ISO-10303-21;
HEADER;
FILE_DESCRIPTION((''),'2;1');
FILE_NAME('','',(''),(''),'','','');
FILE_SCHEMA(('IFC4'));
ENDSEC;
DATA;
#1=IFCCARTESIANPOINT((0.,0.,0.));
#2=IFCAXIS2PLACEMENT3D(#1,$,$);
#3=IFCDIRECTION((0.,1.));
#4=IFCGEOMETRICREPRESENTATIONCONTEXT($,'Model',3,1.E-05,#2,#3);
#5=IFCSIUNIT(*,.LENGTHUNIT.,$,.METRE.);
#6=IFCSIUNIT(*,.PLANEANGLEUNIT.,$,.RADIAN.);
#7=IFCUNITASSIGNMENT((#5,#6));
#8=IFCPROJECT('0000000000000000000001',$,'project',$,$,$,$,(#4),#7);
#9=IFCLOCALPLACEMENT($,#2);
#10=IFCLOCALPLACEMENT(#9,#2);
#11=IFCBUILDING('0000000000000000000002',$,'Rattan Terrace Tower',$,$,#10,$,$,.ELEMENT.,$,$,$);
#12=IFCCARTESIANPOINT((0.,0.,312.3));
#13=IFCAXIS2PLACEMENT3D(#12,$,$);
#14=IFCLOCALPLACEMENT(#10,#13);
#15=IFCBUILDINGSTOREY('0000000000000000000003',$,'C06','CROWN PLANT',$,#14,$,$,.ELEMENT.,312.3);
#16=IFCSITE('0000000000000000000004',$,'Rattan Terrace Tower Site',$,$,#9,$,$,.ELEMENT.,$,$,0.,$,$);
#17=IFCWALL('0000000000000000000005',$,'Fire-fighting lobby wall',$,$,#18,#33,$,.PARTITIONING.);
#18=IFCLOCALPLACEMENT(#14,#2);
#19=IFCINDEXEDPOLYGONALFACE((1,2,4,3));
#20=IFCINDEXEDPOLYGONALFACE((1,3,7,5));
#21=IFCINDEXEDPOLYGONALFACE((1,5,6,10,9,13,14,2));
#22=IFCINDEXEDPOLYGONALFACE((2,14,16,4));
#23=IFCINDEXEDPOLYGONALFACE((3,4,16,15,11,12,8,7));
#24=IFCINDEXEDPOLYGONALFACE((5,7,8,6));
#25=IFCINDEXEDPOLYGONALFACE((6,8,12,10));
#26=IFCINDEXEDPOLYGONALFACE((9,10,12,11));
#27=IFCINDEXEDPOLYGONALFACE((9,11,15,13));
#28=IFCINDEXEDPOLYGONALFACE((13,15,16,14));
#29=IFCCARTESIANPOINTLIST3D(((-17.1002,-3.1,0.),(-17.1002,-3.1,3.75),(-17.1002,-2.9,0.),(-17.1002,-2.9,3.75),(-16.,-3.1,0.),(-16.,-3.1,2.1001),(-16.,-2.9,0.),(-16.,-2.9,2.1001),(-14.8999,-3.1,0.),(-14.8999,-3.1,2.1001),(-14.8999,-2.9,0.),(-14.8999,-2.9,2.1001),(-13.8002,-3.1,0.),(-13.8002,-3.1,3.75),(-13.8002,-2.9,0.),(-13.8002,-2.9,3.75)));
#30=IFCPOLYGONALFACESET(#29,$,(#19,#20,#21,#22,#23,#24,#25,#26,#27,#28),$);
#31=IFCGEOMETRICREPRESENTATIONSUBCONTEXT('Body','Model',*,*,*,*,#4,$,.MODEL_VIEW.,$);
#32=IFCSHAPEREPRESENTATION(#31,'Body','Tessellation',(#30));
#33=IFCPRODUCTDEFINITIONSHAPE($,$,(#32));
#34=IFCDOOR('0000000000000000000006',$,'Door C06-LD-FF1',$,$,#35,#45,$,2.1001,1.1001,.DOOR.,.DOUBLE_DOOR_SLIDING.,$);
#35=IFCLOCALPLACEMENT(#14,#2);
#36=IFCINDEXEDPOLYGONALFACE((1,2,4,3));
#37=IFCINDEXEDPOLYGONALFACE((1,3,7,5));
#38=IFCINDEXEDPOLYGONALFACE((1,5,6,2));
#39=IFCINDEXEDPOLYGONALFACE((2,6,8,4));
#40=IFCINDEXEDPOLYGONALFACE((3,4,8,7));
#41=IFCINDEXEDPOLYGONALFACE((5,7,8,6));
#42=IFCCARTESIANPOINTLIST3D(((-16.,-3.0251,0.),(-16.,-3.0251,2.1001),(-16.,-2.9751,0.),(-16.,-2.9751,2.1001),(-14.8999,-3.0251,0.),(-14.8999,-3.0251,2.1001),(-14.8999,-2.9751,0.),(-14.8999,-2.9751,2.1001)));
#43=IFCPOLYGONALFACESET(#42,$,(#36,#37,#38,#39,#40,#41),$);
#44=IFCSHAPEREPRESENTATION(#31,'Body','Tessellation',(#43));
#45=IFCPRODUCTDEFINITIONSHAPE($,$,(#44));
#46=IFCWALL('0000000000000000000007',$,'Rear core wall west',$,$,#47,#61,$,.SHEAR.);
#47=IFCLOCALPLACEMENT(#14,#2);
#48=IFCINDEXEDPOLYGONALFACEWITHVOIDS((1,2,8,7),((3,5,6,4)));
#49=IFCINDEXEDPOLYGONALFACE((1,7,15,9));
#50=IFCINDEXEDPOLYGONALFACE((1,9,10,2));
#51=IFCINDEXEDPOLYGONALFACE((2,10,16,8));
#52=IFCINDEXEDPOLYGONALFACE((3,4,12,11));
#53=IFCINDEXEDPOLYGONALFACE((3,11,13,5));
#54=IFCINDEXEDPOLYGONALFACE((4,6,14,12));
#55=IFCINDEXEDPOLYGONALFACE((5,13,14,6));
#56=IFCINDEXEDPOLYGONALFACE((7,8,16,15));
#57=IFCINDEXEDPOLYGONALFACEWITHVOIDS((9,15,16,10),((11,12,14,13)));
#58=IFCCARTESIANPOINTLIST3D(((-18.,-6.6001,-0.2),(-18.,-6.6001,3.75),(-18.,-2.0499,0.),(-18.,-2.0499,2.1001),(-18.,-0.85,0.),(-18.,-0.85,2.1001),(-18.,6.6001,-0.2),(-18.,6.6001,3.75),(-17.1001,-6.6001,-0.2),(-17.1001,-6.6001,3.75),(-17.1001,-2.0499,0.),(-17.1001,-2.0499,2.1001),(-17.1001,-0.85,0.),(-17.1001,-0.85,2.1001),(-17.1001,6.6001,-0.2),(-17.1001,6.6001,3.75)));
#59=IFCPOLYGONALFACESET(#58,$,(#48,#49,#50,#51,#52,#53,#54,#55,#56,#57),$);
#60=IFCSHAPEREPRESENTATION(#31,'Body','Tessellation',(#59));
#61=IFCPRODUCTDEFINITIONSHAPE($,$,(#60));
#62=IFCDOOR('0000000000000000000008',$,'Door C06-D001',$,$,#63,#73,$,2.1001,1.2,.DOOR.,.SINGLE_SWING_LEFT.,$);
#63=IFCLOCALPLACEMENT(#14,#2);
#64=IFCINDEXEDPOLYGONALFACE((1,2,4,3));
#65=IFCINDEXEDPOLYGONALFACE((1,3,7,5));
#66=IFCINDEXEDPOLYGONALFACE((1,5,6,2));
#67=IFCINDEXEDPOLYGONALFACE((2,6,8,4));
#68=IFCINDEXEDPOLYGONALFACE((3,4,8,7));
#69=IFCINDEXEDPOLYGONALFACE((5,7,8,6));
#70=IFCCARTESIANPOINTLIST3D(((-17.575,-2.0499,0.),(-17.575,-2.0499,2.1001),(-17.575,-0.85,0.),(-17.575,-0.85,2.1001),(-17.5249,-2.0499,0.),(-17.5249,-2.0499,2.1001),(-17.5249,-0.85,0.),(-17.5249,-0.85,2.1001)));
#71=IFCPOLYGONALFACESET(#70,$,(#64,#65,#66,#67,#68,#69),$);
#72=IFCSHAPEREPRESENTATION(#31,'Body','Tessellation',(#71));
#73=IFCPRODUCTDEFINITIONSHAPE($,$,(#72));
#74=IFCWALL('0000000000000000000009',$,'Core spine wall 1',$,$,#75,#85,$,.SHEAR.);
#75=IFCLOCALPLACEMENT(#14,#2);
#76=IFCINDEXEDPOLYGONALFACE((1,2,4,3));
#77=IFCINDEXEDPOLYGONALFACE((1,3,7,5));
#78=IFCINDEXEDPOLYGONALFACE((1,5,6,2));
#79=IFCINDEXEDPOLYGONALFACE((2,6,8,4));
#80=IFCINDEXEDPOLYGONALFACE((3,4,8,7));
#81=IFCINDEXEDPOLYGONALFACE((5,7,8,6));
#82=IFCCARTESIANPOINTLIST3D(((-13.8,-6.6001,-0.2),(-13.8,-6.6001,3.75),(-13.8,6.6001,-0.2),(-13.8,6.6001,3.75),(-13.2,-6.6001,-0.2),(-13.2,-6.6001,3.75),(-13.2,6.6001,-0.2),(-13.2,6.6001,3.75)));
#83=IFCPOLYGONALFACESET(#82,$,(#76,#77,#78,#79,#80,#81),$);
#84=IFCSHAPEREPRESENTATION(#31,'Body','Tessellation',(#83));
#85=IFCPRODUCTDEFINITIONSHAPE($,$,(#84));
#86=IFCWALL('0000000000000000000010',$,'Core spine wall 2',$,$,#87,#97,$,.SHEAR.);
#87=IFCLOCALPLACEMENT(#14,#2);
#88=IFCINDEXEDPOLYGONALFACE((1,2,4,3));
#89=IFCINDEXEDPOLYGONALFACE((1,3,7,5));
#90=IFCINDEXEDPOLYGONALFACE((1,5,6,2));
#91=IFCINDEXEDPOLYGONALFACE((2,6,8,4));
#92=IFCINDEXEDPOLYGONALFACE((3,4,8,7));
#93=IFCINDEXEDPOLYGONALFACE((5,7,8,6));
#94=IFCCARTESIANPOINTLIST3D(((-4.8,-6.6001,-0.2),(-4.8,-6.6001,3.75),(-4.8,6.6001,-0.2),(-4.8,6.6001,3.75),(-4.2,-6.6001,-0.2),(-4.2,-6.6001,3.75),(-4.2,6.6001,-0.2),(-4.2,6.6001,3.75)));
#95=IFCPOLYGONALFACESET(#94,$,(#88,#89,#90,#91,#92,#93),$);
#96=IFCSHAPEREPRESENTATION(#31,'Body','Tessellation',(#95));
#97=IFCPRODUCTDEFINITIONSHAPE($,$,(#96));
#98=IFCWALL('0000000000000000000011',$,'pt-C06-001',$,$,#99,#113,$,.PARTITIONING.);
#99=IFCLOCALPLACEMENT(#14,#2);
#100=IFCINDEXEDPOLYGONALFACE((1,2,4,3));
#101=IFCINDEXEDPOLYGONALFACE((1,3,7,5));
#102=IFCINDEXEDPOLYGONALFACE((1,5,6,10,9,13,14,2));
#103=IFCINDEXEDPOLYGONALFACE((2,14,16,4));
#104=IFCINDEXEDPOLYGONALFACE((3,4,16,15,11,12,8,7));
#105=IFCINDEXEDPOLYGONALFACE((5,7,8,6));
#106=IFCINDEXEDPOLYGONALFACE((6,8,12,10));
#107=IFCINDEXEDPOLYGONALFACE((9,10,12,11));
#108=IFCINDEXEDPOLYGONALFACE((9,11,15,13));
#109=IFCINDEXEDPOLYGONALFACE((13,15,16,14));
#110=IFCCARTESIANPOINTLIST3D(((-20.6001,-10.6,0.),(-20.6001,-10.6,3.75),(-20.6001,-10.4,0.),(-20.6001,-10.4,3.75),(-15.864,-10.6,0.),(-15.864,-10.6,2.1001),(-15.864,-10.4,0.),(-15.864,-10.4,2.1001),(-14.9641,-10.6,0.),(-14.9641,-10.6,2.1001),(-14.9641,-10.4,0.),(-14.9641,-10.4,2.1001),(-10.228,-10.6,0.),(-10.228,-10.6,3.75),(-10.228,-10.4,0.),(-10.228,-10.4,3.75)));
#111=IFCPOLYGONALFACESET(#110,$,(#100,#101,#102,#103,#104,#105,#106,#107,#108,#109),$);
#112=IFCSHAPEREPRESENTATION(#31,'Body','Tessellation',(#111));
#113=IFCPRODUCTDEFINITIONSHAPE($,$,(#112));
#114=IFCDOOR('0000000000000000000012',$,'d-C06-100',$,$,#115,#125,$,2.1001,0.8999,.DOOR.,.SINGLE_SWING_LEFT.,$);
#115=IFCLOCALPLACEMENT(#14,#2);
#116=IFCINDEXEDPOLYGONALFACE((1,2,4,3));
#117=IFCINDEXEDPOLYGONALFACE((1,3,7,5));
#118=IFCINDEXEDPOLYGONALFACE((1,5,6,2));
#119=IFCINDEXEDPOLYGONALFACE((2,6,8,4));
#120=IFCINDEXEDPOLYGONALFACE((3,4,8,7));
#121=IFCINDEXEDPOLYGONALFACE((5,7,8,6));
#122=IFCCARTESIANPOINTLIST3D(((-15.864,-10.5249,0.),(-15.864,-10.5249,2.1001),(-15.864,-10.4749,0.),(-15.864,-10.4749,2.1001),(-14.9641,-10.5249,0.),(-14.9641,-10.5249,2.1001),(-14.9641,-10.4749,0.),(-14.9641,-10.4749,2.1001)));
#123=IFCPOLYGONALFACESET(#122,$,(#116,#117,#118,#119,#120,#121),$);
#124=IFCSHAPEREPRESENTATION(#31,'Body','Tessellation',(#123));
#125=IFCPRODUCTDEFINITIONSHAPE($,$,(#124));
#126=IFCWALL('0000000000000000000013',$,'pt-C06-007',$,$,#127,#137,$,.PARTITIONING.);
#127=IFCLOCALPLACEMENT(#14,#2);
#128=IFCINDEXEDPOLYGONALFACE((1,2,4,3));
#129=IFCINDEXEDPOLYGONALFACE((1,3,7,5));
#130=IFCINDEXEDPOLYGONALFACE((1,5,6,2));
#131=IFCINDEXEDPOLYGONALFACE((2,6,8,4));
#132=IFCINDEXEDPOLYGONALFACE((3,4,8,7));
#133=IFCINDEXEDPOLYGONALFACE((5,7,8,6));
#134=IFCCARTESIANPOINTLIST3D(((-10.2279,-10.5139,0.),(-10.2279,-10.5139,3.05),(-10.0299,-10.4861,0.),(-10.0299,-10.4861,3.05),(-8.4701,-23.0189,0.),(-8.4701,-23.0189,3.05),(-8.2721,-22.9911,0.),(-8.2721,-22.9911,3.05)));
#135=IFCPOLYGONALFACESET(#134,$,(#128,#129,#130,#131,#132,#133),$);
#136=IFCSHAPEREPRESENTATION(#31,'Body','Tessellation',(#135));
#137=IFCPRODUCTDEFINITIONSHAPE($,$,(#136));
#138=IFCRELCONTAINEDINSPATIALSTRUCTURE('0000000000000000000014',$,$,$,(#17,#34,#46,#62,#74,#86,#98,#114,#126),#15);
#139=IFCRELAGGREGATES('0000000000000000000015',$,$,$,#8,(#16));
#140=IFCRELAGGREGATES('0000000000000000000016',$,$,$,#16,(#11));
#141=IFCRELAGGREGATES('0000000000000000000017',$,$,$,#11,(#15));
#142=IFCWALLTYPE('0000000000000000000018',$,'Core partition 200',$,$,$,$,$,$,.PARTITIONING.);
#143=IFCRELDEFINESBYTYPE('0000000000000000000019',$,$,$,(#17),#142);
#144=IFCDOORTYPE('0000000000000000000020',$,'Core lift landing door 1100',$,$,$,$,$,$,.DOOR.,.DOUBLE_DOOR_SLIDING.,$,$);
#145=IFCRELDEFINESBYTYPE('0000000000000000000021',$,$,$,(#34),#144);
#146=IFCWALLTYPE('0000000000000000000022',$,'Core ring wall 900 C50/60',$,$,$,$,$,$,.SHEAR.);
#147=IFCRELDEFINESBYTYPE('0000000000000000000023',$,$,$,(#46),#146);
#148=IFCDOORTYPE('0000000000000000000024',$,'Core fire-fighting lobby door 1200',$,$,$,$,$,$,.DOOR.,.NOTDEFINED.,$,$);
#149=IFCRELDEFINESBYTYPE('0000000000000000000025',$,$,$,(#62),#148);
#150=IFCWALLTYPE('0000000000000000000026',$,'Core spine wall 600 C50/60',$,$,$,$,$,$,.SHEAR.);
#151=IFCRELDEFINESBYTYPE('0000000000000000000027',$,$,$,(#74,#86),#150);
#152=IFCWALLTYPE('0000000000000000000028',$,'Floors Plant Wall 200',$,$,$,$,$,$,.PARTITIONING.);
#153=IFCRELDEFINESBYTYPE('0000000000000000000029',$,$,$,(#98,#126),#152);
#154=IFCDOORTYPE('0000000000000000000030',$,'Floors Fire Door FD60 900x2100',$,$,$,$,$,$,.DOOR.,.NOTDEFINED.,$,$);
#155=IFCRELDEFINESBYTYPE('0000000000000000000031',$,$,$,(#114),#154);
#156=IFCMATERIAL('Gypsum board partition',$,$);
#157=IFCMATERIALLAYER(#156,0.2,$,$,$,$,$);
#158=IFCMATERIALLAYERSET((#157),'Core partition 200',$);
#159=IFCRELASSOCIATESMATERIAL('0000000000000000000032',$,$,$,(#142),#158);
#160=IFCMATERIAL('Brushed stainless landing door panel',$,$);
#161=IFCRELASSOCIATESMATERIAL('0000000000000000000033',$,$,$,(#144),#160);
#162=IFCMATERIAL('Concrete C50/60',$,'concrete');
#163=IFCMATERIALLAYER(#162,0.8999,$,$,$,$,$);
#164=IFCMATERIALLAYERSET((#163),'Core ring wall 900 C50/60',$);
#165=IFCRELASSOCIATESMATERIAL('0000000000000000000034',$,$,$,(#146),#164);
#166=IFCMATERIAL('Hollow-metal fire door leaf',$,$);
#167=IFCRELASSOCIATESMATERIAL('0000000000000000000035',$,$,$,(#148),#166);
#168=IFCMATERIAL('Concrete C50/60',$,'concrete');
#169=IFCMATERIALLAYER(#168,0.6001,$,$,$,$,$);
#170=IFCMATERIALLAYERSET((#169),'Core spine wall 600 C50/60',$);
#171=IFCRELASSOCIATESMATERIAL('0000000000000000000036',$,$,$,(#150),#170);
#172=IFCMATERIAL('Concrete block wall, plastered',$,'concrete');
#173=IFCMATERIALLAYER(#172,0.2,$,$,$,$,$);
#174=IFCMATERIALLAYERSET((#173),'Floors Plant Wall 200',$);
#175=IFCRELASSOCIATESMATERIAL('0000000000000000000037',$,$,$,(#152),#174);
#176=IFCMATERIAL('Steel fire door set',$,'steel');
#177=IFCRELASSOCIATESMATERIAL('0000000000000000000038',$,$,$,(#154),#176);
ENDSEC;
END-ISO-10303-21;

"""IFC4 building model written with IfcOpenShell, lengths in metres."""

from ifc_helpers import new_model, si_unit, direction, frame, frame_2d, origin, place, context, subcontext, project, spatial, rectangle, extrude, material, layer, layer_set, type_object, element, fill, save


model = new_model("IFC4")

# Units and contexts
model_context = context("Model", 3, precision=1e-05, world=origin(), true_north=direction((0.0, 1.0)))
body_context = subcontext(model_context, "Body", "Model", "MODEL_VIEW")
ifc_project = project(units=[si_unit("LENGTHUNIT", "METRE"), si_unit("PLANEANGLEUNIT", "RADIAN")], contexts=[model_context])

# Site, building, storey
site_placement = place(None, origin())
site = spatial("IfcSite", under=ifc_project, at=site_placement, Name="Rattan Terrace Tower Site", CompositionType="ELEMENT", RefElevation=0.0)
building_placement = place(site_placement, origin())
building = spatial("IfcBuilding", under=site, at=building_placement, Name="Rattan Terrace Tower", CompositionType="ELEMENT")
storey_placement = place(building_placement, frame((0.0, 0.0, 312.3)))
storey = spatial("IfcBuildingStorey", under=building, at=storey_placement, Name="C06", Description="CROWN PLANT", CompositionType="ELEMENT", Elevation=312.3)

# Walls, openings, doors
ifc_material_1 = material(Name="Gypsum board partition")
ifc_layer_1 = layer(ifc_material_1, 0.2)
ifc_layer_set_1 = layer_set([ifc_layer_1], Name="Core partition 200")
wall_type_1 = type_object("IfcWallType", Name="Core partition 200", PredefinedType="PARTITIONING", material=ifc_layer_set_1)
wall_1_placement = place(storey_placement, frame((-17.1001, -3.0, 0.0), z_axis=(0.0, 0.0, 1.0), x_axis=(1.0, 0.0, 0.0)))
wall_1 = element("IfcWall", 1, at=wall_1_placement, inside=storey, type_object=wall_type_1, Name="Fire-fighting lobby wall", PredefinedType="PARTITIONING", context=body_context, shape_type="SweptSolid", body=[
    extrude(rectangle(XDim=3.3, YDim=0.2, at=frame_2d((1.6499, 0.0))), origin(), (0.0, 0.0, 1.0), 3.75),
])
opening_1_placement = place(wall_1_placement, frame((1.1001, 0.0, 0.0)))
opening_1 = element("IfcOpeningElement", 2, at=opening_1_placement, cuts=wall_1, PredefinedType="OPENING", context=body_context, shape_type="SweptSolid", body=[
    extrude(rectangle(XDim=1.1001, YDim=2.1001, at=frame_2d((0.55, 1.05))), frame((0.0, 0.1106, 0.0), z_axis=(0.0, -1.0, 0.0), x_axis=(1.0, 0.0, 0.0)), (0.0, 0.0, 1.0), 0.2209),
])
ifc_material_2 = material(Name="Brushed stainless landing door panel")
door_type_1 = type_object("IfcDoorType", Name="Core lift landing door 1100", OperationType="DOUBLE_DOOR_SLIDING", PredefinedType="DOOR", material=ifc_material_2)
door_1_placement = place(opening_1_placement, origin())
door_1 = element("IfcDoor", 3, at=door_1_placement, inside=storey, type_object=door_type_1, Name="Door C06-LD-FF1", OperationType="DOUBLE_DOOR_SLIDING", OverallHeight=2.1001, OverallWidth=1.1001, PredefinedType="DOOR", context=body_context, shape_type="SweptSolid", body=[
    extrude(rectangle(XDim=1.1001, YDim=2.1001, at=frame_2d((0.55, 1.05))), frame((0.0, 0.0249, 0.0), z_axis=(0.0, -1.0, 0.0), x_axis=(1.0, 0.0, 0.0)), (0.0, 0.0, 1.0), 0.05),
])
fill(opening_1, door_1)
ifc_material_3 = material(Name="Concrete C50/60", Category="concrete")
ifc_layer_2 = layer(ifc_material_3, 0.8999)
ifc_layer_set_2 = layer_set([ifc_layer_2], Name="Core ring wall 900 C50/60")
wall_type_2 = type_object("IfcWallType", Name="Core ring wall 900 C50/60", PredefinedType="SHEAR", material=ifc_layer_set_2)
wall_2_placement = place(storey_placement, frame((-17.55, -6.6001, -0.2), z_axis=(0.0, 0.0, 1.0), x_axis=(0.0, 1.0, 0.0)))
wall_2 = element("IfcWall", 4, at=wall_2_placement, inside=storey, type_object=wall_type_2, Name="Rear core wall west", PredefinedType="SHEAR", context=body_context, shape_type="SweptSolid", body=[
    extrude(rectangle(XDim=13.2002, YDim=0.8999, at=frame_2d((6.6001, 0.0))), origin(), (0.0, 0.0, 1.0), 3.95),
])
opening_2_placement = place(wall_2_placement, frame((4.55, 0.0, 0.2)))
opening_2 = element("IfcOpeningElement", 5, at=opening_2_placement, cuts=wall_2, PredefinedType="OPENING", context=body_context, shape_type="SweptSolid", body=[
    extrude(rectangle(XDim=1.2, YDim=2.1001, at=frame_2d((0.6001, 1.05))), frame((0.0, 0.4604, 0.0), z_axis=(0.0, -1.0, 0.0), x_axis=(1.0, 0.0, 0.0)), (0.0, 0.0, 1.0), 0.9209),
])
ifc_material_4 = material(Name="Hollow-metal fire door leaf")
door_type_2 = type_object("IfcDoorType", Name="Core fire-fighting lobby door 1200", OperationType="NOTDEFINED", PredefinedType="DOOR", material=ifc_material_4)
door_2_placement = place(opening_2_placement, origin())
door_2 = element("IfcDoor", 6, at=door_2_placement, inside=storey, type_object=door_type_2, Name="Door C06-D001", OperationType="SINGLE_SWING_LEFT", OverallHeight=2.1001, OverallWidth=1.2, PredefinedType="DOOR", context=body_context, shape_type="SweptSolid", body=[
    extrude(rectangle(XDim=1.2, YDim=2.1001, at=frame_2d((0.6001, 1.05))), frame((0.0, 0.0249, 0.0), z_axis=(0.0, -1.0, 0.0), x_axis=(1.0, 0.0, 0.0)), (0.0, 0.0, 1.0), 0.05),
])
fill(opening_2, door_2)

# Walls
ifc_material_5 = material(Name="Concrete C50/60", Category="concrete")
ifc_layer_3 = layer(ifc_material_5, 0.6001)
ifc_layer_set_3 = layer_set([ifc_layer_3], Name="Core spine wall 600 C50/60")
wall_type_3 = type_object("IfcWallType", Name="Core spine wall 600 C50/60", PredefinedType="SHEAR", material=ifc_layer_set_3)
for number, where, z_axis, x_axis, name in (
    (7, (-13.5, -6.6001, -0.2), (0.0, 0.0, 1.0), (0.0, 1.0, 0.0), "Core spine wall 1"),
    (8, (-4.5, -6.6001, -0.2), (0.0, 0.0, 1.0), (0.0, 1.0, 0.0), "Core spine wall 2"),
):
    element("IfcWall", number, at=place(storey_placement, frame(where, z_axis=z_axis, x_axis=x_axis)), inside=storey, type_object=wall_type_3, Name=name, PredefinedType="SHEAR", context=body_context, shape_type="SweptSolid", body=[
        extrude(rectangle(XDim=13.2002, YDim=0.6001, at=frame_2d((6.6001, 0.0))), origin(), (0.0, 0.0, 1.0), 3.95),
    ])

# Wall, opening, door
ifc_material_6 = material(Name="Concrete block wall, plastered", Category="concrete")
ifc_layer_4 = layer(ifc_material_6, 0.2)
ifc_layer_set_4 = layer_set([ifc_layer_4], Name="Floors Plant Wall 200")
wall_type_4 = type_object("IfcWallType", Name="Floors Plant Wall 200", PredefinedType="PARTITIONING", material=ifc_layer_set_4)
wall_3_placement = place(storey_placement, frame((-10.228, -10.5, 0.0), z_axis=(0.0, 0.0, 1.0), x_axis=(-1.0, 0.0, 0.0)))
wall_3 = element("IfcWall", 9, at=wall_3_placement, inside=storey, type_object=wall_type_4, Name="pt-C06-001", PredefinedType="PARTITIONING", context=body_context, shape_type="SweptSolid", body=[
    extrude(rectangle(XDim=10.3721, YDim=0.2, at=frame_2d((5.186, 0.0))), origin(), (0.0, 0.0, 1.0), 3.75),
])
opening_3_placement = place(wall_3_placement, frame((4.7361, 0.0, 0.0)))
opening_3 = element("IfcOpeningElement", 10, at=opening_3_placement, cuts=wall_3, PredefinedType="OPENING", context=body_context, shape_type="SweptSolid", body=[
    extrude(rectangle(XDim=0.8999, YDim=2.1001, at=frame_2d((0.45, 1.05))), frame((0.0, 0.1106, 0.0), z_axis=(0.0, -1.0, 0.0), x_axis=(1.0, 0.0, 0.0)), (0.0, 0.0, 1.0), 0.2209),
])
ifc_material_7 = material(Name="Steel fire door set", Category="steel")
door_type_3 = type_object("IfcDoorType", Name="Floors Fire Door FD60 900x2100", OperationType="NOTDEFINED", PredefinedType="DOOR", material=ifc_material_7)
door_3_placement = place(opening_3_placement, origin())
door_3 = element("IfcDoor", 11, at=door_3_placement, inside=storey, type_object=door_type_3, Name="d-C06-100", OperationType="SINGLE_SWING_LEFT", OverallHeight=2.1001, OverallWidth=0.8999, PredefinedType="DOOR", context=body_context, shape_type="SweptSolid", body=[
    extrude(rectangle(XDim=0.8999, YDim=2.1001, at=frame_2d((0.45, 1.05))), frame((0.0, 0.0249, 0.0), z_axis=(0.0, -1.0, 0.0), x_axis=(1.0, 0.0, 0.0)), (0.0, 0.0, 1.0), 0.05),
])
fill(opening_3, door_3)

# Wall
wall_4_placement = place(storey_placement, frame((-10.1289, -10.5, 0.0), z_axis=(0.0, 0.0, 1.0), x_axis=(0.139202, -0.990264, 0.0)))
element("IfcWall", 12, at=wall_4_placement, inside=storey, type_object=wall_type_4, Name="pt-C06-007", PredefinedType="PARTITIONING", context=body_context, shape_type="SweptSolid", body=[
    extrude(rectangle(XDim=12.6279, YDim=0.2, at=frame_2d((6.314, 0.0))), origin(), (0.0, 0.0, 1.0), 3.05),
])

save(model, "model.ifc")
